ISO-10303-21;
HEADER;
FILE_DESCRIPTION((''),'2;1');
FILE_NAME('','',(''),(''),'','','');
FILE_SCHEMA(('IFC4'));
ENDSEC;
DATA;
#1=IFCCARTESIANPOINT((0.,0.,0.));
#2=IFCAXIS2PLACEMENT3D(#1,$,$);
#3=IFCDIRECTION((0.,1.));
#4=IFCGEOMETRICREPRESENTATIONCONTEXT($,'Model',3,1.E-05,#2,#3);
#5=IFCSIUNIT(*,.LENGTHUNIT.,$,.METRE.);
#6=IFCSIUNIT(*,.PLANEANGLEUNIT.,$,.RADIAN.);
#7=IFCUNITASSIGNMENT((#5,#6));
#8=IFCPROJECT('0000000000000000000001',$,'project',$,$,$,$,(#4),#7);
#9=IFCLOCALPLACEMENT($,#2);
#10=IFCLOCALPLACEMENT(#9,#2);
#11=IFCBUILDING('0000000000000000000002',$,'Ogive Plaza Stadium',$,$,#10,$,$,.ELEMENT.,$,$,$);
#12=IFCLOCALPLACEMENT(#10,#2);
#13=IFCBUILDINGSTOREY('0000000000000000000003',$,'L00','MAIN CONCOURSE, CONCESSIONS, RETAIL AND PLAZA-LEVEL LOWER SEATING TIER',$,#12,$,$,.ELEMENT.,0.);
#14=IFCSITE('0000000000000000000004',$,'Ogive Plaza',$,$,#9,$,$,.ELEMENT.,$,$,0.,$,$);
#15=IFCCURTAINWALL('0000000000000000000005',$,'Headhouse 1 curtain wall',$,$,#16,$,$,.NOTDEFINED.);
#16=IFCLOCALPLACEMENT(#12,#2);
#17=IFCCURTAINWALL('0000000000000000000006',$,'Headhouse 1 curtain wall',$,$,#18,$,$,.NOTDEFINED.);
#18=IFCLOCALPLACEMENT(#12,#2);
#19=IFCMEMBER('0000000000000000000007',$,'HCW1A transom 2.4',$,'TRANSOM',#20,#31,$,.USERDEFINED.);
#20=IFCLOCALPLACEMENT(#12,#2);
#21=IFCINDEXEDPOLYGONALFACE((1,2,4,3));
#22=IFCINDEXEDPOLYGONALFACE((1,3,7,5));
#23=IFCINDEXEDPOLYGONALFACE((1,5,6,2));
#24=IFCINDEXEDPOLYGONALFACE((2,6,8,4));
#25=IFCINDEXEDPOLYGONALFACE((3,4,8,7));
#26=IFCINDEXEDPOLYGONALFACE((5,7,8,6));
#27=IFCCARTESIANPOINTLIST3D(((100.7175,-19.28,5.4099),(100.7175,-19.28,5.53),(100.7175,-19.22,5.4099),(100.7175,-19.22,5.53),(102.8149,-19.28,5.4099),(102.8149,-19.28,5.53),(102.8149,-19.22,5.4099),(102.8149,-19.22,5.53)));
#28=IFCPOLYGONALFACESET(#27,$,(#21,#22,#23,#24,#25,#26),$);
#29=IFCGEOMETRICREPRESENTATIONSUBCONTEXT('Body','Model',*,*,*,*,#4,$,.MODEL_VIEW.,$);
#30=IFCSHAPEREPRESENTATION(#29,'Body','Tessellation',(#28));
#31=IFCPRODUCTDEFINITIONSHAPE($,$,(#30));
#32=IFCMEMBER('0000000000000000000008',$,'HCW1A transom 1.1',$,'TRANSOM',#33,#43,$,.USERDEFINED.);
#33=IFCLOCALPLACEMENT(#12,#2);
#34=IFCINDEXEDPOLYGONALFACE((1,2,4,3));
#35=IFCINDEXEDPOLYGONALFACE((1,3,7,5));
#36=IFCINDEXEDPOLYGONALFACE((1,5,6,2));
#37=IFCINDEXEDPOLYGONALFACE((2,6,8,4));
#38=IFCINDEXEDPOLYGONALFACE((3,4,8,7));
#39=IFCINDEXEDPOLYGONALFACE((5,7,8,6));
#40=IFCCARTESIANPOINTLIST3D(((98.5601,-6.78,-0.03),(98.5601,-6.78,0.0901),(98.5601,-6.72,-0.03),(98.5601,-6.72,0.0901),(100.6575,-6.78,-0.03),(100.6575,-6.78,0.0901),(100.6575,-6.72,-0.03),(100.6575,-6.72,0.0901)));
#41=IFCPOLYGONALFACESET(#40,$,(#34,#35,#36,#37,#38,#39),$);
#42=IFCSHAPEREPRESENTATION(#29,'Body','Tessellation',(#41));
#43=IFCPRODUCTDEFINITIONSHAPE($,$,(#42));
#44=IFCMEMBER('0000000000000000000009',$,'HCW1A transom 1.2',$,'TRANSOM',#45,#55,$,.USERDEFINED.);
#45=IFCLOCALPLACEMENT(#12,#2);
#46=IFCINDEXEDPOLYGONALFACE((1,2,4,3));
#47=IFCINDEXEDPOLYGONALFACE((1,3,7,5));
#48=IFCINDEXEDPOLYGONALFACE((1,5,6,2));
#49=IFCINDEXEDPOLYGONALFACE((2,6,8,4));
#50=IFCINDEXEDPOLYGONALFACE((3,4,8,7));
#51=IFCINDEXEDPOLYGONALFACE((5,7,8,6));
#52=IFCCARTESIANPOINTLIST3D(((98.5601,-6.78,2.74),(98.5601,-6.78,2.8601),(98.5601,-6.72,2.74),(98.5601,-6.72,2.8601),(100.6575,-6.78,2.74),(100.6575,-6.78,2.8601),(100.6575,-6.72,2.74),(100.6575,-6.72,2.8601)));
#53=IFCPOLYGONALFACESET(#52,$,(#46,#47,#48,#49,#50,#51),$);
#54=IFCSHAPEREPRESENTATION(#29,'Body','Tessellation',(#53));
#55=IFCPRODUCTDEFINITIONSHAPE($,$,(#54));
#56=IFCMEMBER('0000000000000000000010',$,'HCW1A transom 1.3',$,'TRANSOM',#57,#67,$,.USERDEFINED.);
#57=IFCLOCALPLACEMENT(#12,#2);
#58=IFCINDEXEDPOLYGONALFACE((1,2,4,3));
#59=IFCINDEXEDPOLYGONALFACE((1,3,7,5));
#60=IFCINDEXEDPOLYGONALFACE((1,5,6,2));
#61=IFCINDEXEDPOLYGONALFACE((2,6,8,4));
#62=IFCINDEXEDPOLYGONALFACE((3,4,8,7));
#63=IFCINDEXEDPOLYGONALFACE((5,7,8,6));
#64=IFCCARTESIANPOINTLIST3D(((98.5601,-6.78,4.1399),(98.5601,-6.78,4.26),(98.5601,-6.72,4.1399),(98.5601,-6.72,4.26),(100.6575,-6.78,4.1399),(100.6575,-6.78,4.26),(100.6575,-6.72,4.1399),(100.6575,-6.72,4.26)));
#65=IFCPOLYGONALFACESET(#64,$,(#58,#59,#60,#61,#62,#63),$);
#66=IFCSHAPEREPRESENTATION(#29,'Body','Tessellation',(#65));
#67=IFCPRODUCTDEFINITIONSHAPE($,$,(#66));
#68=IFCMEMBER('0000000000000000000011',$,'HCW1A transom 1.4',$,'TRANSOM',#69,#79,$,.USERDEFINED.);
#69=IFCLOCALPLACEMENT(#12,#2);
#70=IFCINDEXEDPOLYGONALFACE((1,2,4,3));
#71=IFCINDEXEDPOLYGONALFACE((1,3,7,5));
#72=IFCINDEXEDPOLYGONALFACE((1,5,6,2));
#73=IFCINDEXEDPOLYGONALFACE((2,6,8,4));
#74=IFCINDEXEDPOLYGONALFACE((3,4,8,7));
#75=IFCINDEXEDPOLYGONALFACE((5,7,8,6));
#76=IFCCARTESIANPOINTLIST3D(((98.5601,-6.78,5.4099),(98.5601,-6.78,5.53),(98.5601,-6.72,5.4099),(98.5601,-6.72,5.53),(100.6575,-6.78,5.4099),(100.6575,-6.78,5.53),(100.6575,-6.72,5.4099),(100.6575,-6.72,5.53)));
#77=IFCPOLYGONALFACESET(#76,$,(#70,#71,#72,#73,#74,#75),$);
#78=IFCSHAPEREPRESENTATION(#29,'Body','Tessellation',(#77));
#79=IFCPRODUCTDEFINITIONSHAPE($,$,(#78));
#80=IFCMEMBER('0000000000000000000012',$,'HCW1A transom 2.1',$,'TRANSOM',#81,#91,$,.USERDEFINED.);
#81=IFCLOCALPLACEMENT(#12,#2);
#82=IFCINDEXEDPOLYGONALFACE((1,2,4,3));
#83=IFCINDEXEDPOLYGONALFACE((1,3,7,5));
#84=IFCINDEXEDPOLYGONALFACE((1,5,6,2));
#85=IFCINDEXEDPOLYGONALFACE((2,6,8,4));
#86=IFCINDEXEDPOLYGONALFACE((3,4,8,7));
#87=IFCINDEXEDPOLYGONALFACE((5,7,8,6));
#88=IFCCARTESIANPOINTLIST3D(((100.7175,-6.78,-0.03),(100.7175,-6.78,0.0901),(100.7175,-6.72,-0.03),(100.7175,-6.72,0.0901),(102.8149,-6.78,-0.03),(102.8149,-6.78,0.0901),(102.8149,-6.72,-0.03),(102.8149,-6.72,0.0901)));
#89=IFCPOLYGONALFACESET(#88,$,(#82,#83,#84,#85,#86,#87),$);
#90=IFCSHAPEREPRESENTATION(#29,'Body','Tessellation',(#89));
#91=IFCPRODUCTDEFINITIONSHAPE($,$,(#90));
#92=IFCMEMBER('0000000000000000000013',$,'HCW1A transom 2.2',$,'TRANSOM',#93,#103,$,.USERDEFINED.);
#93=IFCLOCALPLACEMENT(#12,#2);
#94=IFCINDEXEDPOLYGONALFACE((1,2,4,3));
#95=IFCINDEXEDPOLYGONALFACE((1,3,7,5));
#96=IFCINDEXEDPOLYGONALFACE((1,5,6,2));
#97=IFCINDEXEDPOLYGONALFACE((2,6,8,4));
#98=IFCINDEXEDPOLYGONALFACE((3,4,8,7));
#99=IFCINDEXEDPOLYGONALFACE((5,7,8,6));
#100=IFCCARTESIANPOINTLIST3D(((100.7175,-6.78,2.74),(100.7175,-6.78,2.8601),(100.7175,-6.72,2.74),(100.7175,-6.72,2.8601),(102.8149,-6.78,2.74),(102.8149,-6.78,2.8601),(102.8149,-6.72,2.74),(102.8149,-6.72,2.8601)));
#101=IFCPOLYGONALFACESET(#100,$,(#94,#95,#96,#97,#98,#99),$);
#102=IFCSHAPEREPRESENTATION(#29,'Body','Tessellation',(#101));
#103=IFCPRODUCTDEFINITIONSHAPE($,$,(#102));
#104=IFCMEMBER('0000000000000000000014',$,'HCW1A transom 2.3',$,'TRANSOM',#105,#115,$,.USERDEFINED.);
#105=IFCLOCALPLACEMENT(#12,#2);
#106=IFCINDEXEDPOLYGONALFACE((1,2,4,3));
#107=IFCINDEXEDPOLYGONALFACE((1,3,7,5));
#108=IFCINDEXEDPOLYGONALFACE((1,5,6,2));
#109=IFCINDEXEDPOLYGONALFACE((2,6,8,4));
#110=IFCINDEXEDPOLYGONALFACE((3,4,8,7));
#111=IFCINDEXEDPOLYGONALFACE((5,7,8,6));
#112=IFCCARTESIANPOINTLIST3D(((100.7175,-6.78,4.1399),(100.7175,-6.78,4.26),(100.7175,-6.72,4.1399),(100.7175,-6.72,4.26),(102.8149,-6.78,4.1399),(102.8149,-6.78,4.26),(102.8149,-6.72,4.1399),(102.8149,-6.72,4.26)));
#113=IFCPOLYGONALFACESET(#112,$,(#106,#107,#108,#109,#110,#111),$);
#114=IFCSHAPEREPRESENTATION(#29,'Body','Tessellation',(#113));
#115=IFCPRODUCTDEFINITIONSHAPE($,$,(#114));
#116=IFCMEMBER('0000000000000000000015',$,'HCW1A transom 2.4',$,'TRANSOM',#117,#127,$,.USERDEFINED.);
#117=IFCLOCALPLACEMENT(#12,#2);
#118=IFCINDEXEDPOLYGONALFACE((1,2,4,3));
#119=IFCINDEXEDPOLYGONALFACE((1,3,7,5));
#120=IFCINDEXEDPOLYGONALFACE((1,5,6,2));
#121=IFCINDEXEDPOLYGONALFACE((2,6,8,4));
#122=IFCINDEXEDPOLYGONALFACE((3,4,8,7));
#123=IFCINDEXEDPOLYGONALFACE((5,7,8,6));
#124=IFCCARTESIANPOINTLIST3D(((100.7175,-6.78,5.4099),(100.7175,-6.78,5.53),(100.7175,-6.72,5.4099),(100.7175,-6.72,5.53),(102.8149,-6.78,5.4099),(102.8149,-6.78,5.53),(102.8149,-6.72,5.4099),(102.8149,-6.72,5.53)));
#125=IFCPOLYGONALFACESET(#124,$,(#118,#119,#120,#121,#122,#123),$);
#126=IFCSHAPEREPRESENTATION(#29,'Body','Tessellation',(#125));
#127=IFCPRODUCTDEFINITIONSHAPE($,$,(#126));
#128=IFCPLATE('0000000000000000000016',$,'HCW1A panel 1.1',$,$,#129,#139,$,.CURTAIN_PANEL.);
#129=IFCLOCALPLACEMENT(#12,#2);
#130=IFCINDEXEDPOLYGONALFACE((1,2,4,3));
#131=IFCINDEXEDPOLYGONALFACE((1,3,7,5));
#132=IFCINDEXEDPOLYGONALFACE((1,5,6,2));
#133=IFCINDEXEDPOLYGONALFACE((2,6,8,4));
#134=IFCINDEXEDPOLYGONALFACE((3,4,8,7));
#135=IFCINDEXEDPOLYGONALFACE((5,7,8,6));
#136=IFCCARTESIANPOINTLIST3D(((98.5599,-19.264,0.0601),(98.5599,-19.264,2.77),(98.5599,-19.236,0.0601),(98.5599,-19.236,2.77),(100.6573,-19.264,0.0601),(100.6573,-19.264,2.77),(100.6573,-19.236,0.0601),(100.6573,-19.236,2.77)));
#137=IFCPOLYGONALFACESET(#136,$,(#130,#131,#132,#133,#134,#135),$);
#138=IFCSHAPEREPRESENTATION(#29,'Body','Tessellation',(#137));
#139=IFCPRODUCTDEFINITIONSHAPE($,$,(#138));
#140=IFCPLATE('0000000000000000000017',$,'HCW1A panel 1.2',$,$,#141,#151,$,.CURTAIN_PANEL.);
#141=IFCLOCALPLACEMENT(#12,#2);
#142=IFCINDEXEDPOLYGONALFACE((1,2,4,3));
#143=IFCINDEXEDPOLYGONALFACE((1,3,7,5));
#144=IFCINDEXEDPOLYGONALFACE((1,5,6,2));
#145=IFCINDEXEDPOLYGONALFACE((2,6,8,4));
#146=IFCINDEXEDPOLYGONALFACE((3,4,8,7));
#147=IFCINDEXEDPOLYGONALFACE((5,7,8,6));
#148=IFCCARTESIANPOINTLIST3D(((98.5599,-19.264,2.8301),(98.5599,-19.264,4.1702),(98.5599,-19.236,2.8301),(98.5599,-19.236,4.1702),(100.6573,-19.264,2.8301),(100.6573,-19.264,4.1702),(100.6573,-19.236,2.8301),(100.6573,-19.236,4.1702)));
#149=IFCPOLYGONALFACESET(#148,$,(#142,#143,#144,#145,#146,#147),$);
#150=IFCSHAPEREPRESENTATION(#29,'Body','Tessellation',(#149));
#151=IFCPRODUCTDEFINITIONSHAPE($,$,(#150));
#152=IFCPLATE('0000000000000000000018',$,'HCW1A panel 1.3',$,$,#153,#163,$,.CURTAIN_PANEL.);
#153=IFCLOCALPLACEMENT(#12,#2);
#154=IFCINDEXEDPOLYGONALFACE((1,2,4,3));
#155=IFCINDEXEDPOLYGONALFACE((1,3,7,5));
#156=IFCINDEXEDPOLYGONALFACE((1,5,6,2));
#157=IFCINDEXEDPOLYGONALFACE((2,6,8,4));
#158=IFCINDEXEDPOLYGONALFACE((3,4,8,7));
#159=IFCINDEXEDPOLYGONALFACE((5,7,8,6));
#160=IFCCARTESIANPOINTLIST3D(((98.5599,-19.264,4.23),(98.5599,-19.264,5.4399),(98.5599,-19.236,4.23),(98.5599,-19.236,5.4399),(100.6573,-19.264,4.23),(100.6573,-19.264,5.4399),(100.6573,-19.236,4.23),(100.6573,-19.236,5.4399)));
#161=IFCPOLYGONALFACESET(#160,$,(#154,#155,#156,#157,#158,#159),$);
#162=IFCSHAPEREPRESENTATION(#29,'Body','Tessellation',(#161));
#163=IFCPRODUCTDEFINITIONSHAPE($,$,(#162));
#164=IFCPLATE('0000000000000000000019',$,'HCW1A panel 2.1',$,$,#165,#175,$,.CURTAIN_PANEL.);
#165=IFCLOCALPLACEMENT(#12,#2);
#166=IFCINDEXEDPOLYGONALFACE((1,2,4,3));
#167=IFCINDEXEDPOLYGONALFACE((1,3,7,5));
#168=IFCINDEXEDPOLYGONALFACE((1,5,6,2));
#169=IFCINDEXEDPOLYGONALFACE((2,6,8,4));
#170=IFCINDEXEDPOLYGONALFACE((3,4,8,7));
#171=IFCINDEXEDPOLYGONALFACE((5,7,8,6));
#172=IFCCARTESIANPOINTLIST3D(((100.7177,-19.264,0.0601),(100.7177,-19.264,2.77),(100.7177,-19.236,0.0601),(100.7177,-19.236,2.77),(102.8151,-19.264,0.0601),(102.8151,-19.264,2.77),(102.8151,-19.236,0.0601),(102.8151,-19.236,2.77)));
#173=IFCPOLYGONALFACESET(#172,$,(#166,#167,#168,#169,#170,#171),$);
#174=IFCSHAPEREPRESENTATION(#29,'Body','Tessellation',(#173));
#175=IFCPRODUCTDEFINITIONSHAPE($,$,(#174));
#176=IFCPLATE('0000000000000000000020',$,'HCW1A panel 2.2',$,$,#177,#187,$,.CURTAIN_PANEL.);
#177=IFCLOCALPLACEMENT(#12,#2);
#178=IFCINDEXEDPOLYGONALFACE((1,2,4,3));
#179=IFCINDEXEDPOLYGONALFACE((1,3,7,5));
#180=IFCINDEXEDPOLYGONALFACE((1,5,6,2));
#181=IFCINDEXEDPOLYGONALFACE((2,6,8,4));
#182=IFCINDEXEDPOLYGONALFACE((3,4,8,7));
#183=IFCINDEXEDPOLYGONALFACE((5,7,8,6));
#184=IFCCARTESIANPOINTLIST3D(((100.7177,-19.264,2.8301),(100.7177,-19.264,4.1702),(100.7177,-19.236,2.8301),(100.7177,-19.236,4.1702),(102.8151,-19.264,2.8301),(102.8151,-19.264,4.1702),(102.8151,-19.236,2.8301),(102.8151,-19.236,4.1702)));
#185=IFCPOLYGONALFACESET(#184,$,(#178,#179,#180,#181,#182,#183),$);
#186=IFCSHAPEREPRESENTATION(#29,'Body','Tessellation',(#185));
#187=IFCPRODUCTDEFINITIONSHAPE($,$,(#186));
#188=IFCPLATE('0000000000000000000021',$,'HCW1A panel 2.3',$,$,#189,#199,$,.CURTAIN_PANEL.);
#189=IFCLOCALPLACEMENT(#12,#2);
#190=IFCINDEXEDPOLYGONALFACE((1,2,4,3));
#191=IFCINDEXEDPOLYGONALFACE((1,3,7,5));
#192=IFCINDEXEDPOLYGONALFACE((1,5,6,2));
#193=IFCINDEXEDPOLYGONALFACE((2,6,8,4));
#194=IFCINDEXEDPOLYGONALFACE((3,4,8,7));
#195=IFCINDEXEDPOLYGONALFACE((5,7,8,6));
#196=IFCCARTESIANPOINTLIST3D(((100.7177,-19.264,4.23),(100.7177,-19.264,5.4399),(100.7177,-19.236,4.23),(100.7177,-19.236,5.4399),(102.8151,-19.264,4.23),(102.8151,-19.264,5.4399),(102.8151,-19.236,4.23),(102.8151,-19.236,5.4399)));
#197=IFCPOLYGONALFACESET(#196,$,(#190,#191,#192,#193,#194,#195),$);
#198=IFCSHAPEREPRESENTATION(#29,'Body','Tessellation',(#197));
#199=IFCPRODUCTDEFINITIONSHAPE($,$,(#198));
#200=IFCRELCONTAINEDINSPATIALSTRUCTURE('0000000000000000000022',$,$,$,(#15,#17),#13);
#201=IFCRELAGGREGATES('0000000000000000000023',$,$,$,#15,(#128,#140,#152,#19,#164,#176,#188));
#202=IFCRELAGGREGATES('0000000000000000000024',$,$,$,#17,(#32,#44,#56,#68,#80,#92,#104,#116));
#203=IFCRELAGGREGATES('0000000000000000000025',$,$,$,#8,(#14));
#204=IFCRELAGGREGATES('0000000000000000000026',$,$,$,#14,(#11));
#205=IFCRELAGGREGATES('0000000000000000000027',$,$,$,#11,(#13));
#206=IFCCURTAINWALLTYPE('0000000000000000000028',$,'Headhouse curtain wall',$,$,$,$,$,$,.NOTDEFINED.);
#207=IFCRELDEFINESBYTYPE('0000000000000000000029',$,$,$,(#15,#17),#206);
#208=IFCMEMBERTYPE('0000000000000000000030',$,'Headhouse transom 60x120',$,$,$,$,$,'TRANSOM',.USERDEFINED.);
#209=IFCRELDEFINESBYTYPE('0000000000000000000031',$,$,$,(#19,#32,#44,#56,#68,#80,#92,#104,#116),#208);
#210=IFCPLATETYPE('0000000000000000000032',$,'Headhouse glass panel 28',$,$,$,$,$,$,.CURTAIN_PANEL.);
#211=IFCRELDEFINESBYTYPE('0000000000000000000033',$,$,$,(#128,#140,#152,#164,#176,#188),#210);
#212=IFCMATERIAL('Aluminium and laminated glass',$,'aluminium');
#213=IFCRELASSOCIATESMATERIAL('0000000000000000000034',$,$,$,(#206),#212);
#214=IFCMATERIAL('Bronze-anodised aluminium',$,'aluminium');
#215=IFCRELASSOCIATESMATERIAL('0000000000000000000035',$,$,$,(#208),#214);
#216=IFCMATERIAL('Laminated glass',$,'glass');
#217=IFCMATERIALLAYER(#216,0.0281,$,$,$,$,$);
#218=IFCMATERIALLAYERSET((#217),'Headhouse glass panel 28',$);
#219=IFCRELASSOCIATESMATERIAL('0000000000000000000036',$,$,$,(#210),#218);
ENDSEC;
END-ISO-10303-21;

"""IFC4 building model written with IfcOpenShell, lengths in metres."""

from ifc_helpers import new_model, si_unit, direction, frame, origin, origin_2d, place, context, subcontext, project, spatial, rectangle, extrude, material, layer, layer_set, material_profile, profile_set, type_object, element, aggregate, save


model = new_model("IFC4")

# Units and contexts
model_context = context("Model", 3, precision=1e-05, world=origin(), true_north=direction((0.0, 1.0)))
body_context = subcontext(model_context, "Body", "Model", "MODEL_VIEW")
ifc_project = project(units=[si_unit("LENGTHUNIT", "METRE"), si_unit("PLANEANGLEUNIT", "RADIAN")], contexts=[model_context])

# Site, building, storey
site_placement = place(None, origin())
site = spatial("IfcSite", under=ifc_project, at=site_placement, Name="Ogive Plaza", CompositionType="ELEMENT", RefElevation=0.0)
building_placement = place(site_placement, origin())
building = spatial("IfcBuilding", under=site, at=building_placement, Name="Ogive Plaza Stadium", CompositionType="ELEMENT")
storey_placement = place(building_placement, origin())
storey = spatial("IfcBuildingStorey", under=building, at=storey_placement, Name="L00", Description="MAIN CONCOURSE, CONCESSIONS, RETAIL AND PLAZA-LEVEL LOWER SEATING TIER", CompositionType="ELEMENT", Elevation=0.0)

# Curtain walls
ifc_material_1 = material(Name="Aluminium and laminated glass", Category="aluminium")
curtain_wall_type = type_object("IfcCurtainWallType", Name="Headhouse curtain wall", PredefinedType="NOTDEFINED", material=ifc_material_1)
curtain_wall_1_placement = place(storey_placement, origin())
curtain_wall_1 = element("IfcCurtainWall", 1, at=curtain_wall_1_placement, inside=storey, type_object=curtain_wall_type, Name="Headhouse 1 curtain wall", PredefinedType="NOTDEFINED")
curtain_wall_2_placement = place(storey_placement, origin())
curtain_wall_2 = element("IfcCurtainWall", 2, at=curtain_wall_2_placement, inside=storey, type_object=curtain_wall_type, Name="Headhouse 1 curtain wall", PredefinedType="NOTDEFINED")

# Members
ifc_material_2 = material(Name="Bronze-anodised aluminium", Category="aluminium")
ifc_material_profile_1 = material_profile(ifc_material_2, rectangle(XDim=0.0601, YDim=0.1201, at=origin_2d()), Name="Headhouse transom 60x120")
ifc_profile_set_1 = profile_set([ifc_material_profile_1], Name="Bronze-anodised aluminium")
member_type_1 = type_object("IfcMemberType", Name="Headhouse transom 60x120", ElementType="TRANSOM", PredefinedType="USERDEFINED", material=ifc_profile_set_1)
member_1_placement = place(storey_placement, frame((100.7175, -19.25, 5.47), z_axis=(1.0, 0.0, 0.0), x_axis=(0.0, 1.0, 0.0)))
member_1 = element("IfcMember", 3, at=member_1_placement, type_object=member_type_1, Name="HCW1A transom 2.4", ObjectType="TRANSOM", PredefinedType="USERDEFINED", context=body_context, shape_type="SweptSolid", body=[
    extrude(rectangle(XDim=0.0601, YDim=0.1201, at=origin_2d()), origin(), (0.0, 0.0, 1.0), 2.0974),
])
member_2_placement = place(storey_placement, frame((98.5601, -6.75, 0.03), z_axis=(1.0, 0.0, 0.0), x_axis=(0.0, 1.0, 0.0)))
member_2 = element("IfcMember", 4, at=member_2_placement, type_object=member_type_1, Name="HCW1A transom 1.1", ObjectType="TRANSOM", PredefinedType="USERDEFINED", context=body_context, shape_type="SweptSolid", body=[
    extrude(rectangle(XDim=0.0601, YDim=0.1201, at=origin_2d()), origin(), (0.0, 0.0, 1.0), 2.0974),
])
member_3_placement = place(storey_placement, frame((98.5601, -6.75, 2.8), z_axis=(1.0, 0.0, 0.0), x_axis=(0.0, 1.0, 0.0)))
member_3 = element("IfcMember", 5, at=member_3_placement, type_object=member_type_1, Name="HCW1A transom 1.2", ObjectType="TRANSOM", PredefinedType="USERDEFINED", context=body_context, shape_type="SweptSolid", body=[
    extrude(rectangle(XDim=0.0601, YDim=0.1201, at=origin_2d()), origin(), (0.0, 0.0, 1.0), 2.0974),
])
member_4_placement = place(storey_placement, frame((98.5601, -6.75, 4.2), z_axis=(1.0, 0.0, 0.0), x_axis=(0.0, 1.0, 0.0)))
member_4 = element("IfcMember", 6, at=member_4_placement, type_object=member_type_1, Name="HCW1A transom 1.3", ObjectType="TRANSOM", PredefinedType="USERDEFINED", context=body_context, shape_type="SweptSolid", body=[
    extrude(rectangle(XDim=0.0601, YDim=0.1201, at=origin_2d()), origin(), (0.0, 0.0, 1.0), 2.0974),
])
member_5_placement = place(storey_placement, frame((98.5601, -6.75, 5.47), z_axis=(1.0, 0.0, 0.0), x_axis=(0.0, 1.0, 0.0)))
member_5 = element("IfcMember", 7, at=member_5_placement, type_object=member_type_1, Name="HCW1A transom 1.4", ObjectType="TRANSOM", PredefinedType="USERDEFINED", context=body_context, shape_type="SweptSolid", body=[
    extrude(rectangle(XDim=0.0601, YDim=0.1201, at=origin_2d()), origin(), (0.0, 0.0, 1.0), 2.0974),
])
member_6_placement = place(storey_placement, frame((100.7175, -6.75, 0.03), z_axis=(1.0, 0.0, 0.0), x_axis=(0.0, 1.0, 0.0)))
member_6 = element("IfcMember", 8, at=member_6_placement, type_object=member_type_1, Name="HCW1A transom 2.1", ObjectType="TRANSOM", PredefinedType="USERDEFINED", context=body_context, shape_type="SweptSolid", body=[
    extrude(rectangle(XDim=0.0601, YDim=0.1201, at=origin_2d()), origin(), (0.0, 0.0, 1.0), 2.0974),
])
member_7_placement = place(storey_placement, frame((100.7175, -6.75, 2.8), z_axis=(1.0, 0.0, 0.0), x_axis=(0.0, 1.0, 0.0)))
member_7 = element("IfcMember", 9, at=member_7_placement, type_object=member_type_1, Name="HCW1A transom 2.2", ObjectType="TRANSOM", PredefinedType="USERDEFINED", context=body_context, shape_type="SweptSolid", body=[
    extrude(rectangle(XDim=0.0601, YDim=0.1201, at=origin_2d()), origin(), (0.0, 0.0, 1.0), 2.0974),
])
member_8_placement = place(storey_placement, frame((100.7175, -6.75, 4.2), z_axis=(1.0, 0.0, 0.0), x_axis=(0.0, 1.0, 0.0)))
member_8 = element("IfcMember", 10, at=member_8_placement, type_object=member_type_1, Name="HCW1A transom 2.3", ObjectType="TRANSOM", PredefinedType="USERDEFINED", context=body_context, shape_type="SweptSolid", body=[
    extrude(rectangle(XDim=0.0601, YDim=0.1201, at=origin_2d()), origin(), (0.0, 0.0, 1.0), 2.0974),
])
member_9_placement = place(storey_placement, frame((100.7175, -6.75, 5.47), z_axis=(1.0, 0.0, 0.0), x_axis=(0.0, 1.0, 0.0)))
member_9 = element("IfcMember", 11, at=member_9_placement, type_object=member_type_1, Name="HCW1A transom 2.4", ObjectType="TRANSOM", PredefinedType="USERDEFINED", context=body_context, shape_type="SweptSolid", body=[
    extrude(rectangle(XDim=0.0601, YDim=0.1201, at=origin_2d()), origin(), (0.0, 0.0, 1.0), 2.0974),
])

# Plates
ifc_material_3 = material(Name="Laminated glass", Category="glass")
ifc_layer = layer(ifc_material_3, 0.0281)
ifc_layer_set = layer_set([ifc_layer], Name="Headhouse glass panel 28")
plate_type = type_object("IfcPlateType", Name="Headhouse glass panel 28", PredefinedType="CURTAIN_PANEL", material=ifc_layer_set)
plate_1_placement = place(storey_placement, frame((99.6086, -19.25, 0.0601), z_axis=(0.0, 0.0, 1.0), x_axis=(1.0, 0.0, 0.0)))
plate_1 = element("IfcPlate", 12, at=plate_1_placement, type_object=plate_type, Name="HCW1A panel 1.1", PredefinedType="CURTAIN_PANEL", context=body_context, shape_type="SweptSolid", body=[
    extrude(rectangle(XDim=2.0974, YDim=0.0281, at=origin_2d()), origin(), (0.0, 0.0, 1.0), 2.71),
])
plate_2_placement = place(storey_placement, frame((99.6086, -19.25, 2.8301), z_axis=(0.0, 0.0, 1.0), x_axis=(1.0, 0.0, 0.0)))
plate_2 = element("IfcPlate", 13, at=plate_2_placement, type_object=plate_type, Name="HCW1A panel 1.2", PredefinedType="CURTAIN_PANEL", context=body_context, shape_type="SweptSolid", body=[
    extrude(rectangle(XDim=2.0974, YDim=0.0281, at=origin_2d()), origin(), (0.0, 0.0, 1.0), 1.3401),
])
plate_3_placement = place(storey_placement, frame((99.6086, -19.25, 4.23), z_axis=(0.0, 0.0, 1.0), x_axis=(1.0, 0.0, 0.0)))
plate_3 = element("IfcPlate", 14, at=plate_3_placement, type_object=plate_type, Name="HCW1A panel 1.3", PredefinedType="CURTAIN_PANEL", context=body_context, shape_type="SweptSolid", body=[
    extrude(rectangle(XDim=2.0974, YDim=0.0281, at=origin_2d()), origin(), (0.0, 0.0, 1.0), 1.21),
])
plate_4_placement = place(storey_placement, frame((101.7664, -19.25, 0.0601), z_axis=(0.0, 0.0, 1.0), x_axis=(1.0, 0.0, 0.0)))
plate_4 = element("IfcPlate", 15, at=plate_4_placement, type_object=plate_type, Name="HCW1A panel 2.1", PredefinedType="CURTAIN_PANEL", context=body_context, shape_type="SweptSolid", body=[
    extrude(rectangle(XDim=2.0974, YDim=0.0281, at=origin_2d()), origin(), (0.0, 0.0, 1.0), 2.71),
])
plate_5_placement = place(storey_placement, frame((101.7664, -19.25, 2.8301), z_axis=(0.0, 0.0, 1.0), x_axis=(1.0, 0.0, 0.0)))
plate_5 = element("IfcPlate", 16, at=plate_5_placement, type_object=plate_type, Name="HCW1A panel 2.2", PredefinedType="CURTAIN_PANEL", context=body_context, shape_type="SweptSolid", body=[
    extrude(rectangle(XDim=2.0974, YDim=0.0281, at=origin_2d()), origin(), (0.0, 0.0, 1.0), 1.3401),
])
plate_6_placement = place(storey_placement, frame((101.7664, -19.25, 4.23), z_axis=(0.0, 0.0, 1.0), x_axis=(1.0, 0.0, 0.0)))
plate_6 = element("IfcPlate", 17, at=plate_6_placement, type_object=plate_type, Name="HCW1A panel 2.3", PredefinedType="CURTAIN_PANEL", context=body_context, shape_type="SweptSolid", body=[
    extrude(rectangle(XDim=2.0974, YDim=0.0281, at=origin_2d()), origin(), (0.0, 0.0, 1.0), 1.21),
])
aggregate(curtain_wall_1, [plate_1, plate_2, plate_3, member_1, plate_4, plate_5, plate_6])
aggregate(curtain_wall_2, [member_2, member_3, member_4, member_5, member_6, member_7, member_8, member_9])

save(model, "model.ifc")
